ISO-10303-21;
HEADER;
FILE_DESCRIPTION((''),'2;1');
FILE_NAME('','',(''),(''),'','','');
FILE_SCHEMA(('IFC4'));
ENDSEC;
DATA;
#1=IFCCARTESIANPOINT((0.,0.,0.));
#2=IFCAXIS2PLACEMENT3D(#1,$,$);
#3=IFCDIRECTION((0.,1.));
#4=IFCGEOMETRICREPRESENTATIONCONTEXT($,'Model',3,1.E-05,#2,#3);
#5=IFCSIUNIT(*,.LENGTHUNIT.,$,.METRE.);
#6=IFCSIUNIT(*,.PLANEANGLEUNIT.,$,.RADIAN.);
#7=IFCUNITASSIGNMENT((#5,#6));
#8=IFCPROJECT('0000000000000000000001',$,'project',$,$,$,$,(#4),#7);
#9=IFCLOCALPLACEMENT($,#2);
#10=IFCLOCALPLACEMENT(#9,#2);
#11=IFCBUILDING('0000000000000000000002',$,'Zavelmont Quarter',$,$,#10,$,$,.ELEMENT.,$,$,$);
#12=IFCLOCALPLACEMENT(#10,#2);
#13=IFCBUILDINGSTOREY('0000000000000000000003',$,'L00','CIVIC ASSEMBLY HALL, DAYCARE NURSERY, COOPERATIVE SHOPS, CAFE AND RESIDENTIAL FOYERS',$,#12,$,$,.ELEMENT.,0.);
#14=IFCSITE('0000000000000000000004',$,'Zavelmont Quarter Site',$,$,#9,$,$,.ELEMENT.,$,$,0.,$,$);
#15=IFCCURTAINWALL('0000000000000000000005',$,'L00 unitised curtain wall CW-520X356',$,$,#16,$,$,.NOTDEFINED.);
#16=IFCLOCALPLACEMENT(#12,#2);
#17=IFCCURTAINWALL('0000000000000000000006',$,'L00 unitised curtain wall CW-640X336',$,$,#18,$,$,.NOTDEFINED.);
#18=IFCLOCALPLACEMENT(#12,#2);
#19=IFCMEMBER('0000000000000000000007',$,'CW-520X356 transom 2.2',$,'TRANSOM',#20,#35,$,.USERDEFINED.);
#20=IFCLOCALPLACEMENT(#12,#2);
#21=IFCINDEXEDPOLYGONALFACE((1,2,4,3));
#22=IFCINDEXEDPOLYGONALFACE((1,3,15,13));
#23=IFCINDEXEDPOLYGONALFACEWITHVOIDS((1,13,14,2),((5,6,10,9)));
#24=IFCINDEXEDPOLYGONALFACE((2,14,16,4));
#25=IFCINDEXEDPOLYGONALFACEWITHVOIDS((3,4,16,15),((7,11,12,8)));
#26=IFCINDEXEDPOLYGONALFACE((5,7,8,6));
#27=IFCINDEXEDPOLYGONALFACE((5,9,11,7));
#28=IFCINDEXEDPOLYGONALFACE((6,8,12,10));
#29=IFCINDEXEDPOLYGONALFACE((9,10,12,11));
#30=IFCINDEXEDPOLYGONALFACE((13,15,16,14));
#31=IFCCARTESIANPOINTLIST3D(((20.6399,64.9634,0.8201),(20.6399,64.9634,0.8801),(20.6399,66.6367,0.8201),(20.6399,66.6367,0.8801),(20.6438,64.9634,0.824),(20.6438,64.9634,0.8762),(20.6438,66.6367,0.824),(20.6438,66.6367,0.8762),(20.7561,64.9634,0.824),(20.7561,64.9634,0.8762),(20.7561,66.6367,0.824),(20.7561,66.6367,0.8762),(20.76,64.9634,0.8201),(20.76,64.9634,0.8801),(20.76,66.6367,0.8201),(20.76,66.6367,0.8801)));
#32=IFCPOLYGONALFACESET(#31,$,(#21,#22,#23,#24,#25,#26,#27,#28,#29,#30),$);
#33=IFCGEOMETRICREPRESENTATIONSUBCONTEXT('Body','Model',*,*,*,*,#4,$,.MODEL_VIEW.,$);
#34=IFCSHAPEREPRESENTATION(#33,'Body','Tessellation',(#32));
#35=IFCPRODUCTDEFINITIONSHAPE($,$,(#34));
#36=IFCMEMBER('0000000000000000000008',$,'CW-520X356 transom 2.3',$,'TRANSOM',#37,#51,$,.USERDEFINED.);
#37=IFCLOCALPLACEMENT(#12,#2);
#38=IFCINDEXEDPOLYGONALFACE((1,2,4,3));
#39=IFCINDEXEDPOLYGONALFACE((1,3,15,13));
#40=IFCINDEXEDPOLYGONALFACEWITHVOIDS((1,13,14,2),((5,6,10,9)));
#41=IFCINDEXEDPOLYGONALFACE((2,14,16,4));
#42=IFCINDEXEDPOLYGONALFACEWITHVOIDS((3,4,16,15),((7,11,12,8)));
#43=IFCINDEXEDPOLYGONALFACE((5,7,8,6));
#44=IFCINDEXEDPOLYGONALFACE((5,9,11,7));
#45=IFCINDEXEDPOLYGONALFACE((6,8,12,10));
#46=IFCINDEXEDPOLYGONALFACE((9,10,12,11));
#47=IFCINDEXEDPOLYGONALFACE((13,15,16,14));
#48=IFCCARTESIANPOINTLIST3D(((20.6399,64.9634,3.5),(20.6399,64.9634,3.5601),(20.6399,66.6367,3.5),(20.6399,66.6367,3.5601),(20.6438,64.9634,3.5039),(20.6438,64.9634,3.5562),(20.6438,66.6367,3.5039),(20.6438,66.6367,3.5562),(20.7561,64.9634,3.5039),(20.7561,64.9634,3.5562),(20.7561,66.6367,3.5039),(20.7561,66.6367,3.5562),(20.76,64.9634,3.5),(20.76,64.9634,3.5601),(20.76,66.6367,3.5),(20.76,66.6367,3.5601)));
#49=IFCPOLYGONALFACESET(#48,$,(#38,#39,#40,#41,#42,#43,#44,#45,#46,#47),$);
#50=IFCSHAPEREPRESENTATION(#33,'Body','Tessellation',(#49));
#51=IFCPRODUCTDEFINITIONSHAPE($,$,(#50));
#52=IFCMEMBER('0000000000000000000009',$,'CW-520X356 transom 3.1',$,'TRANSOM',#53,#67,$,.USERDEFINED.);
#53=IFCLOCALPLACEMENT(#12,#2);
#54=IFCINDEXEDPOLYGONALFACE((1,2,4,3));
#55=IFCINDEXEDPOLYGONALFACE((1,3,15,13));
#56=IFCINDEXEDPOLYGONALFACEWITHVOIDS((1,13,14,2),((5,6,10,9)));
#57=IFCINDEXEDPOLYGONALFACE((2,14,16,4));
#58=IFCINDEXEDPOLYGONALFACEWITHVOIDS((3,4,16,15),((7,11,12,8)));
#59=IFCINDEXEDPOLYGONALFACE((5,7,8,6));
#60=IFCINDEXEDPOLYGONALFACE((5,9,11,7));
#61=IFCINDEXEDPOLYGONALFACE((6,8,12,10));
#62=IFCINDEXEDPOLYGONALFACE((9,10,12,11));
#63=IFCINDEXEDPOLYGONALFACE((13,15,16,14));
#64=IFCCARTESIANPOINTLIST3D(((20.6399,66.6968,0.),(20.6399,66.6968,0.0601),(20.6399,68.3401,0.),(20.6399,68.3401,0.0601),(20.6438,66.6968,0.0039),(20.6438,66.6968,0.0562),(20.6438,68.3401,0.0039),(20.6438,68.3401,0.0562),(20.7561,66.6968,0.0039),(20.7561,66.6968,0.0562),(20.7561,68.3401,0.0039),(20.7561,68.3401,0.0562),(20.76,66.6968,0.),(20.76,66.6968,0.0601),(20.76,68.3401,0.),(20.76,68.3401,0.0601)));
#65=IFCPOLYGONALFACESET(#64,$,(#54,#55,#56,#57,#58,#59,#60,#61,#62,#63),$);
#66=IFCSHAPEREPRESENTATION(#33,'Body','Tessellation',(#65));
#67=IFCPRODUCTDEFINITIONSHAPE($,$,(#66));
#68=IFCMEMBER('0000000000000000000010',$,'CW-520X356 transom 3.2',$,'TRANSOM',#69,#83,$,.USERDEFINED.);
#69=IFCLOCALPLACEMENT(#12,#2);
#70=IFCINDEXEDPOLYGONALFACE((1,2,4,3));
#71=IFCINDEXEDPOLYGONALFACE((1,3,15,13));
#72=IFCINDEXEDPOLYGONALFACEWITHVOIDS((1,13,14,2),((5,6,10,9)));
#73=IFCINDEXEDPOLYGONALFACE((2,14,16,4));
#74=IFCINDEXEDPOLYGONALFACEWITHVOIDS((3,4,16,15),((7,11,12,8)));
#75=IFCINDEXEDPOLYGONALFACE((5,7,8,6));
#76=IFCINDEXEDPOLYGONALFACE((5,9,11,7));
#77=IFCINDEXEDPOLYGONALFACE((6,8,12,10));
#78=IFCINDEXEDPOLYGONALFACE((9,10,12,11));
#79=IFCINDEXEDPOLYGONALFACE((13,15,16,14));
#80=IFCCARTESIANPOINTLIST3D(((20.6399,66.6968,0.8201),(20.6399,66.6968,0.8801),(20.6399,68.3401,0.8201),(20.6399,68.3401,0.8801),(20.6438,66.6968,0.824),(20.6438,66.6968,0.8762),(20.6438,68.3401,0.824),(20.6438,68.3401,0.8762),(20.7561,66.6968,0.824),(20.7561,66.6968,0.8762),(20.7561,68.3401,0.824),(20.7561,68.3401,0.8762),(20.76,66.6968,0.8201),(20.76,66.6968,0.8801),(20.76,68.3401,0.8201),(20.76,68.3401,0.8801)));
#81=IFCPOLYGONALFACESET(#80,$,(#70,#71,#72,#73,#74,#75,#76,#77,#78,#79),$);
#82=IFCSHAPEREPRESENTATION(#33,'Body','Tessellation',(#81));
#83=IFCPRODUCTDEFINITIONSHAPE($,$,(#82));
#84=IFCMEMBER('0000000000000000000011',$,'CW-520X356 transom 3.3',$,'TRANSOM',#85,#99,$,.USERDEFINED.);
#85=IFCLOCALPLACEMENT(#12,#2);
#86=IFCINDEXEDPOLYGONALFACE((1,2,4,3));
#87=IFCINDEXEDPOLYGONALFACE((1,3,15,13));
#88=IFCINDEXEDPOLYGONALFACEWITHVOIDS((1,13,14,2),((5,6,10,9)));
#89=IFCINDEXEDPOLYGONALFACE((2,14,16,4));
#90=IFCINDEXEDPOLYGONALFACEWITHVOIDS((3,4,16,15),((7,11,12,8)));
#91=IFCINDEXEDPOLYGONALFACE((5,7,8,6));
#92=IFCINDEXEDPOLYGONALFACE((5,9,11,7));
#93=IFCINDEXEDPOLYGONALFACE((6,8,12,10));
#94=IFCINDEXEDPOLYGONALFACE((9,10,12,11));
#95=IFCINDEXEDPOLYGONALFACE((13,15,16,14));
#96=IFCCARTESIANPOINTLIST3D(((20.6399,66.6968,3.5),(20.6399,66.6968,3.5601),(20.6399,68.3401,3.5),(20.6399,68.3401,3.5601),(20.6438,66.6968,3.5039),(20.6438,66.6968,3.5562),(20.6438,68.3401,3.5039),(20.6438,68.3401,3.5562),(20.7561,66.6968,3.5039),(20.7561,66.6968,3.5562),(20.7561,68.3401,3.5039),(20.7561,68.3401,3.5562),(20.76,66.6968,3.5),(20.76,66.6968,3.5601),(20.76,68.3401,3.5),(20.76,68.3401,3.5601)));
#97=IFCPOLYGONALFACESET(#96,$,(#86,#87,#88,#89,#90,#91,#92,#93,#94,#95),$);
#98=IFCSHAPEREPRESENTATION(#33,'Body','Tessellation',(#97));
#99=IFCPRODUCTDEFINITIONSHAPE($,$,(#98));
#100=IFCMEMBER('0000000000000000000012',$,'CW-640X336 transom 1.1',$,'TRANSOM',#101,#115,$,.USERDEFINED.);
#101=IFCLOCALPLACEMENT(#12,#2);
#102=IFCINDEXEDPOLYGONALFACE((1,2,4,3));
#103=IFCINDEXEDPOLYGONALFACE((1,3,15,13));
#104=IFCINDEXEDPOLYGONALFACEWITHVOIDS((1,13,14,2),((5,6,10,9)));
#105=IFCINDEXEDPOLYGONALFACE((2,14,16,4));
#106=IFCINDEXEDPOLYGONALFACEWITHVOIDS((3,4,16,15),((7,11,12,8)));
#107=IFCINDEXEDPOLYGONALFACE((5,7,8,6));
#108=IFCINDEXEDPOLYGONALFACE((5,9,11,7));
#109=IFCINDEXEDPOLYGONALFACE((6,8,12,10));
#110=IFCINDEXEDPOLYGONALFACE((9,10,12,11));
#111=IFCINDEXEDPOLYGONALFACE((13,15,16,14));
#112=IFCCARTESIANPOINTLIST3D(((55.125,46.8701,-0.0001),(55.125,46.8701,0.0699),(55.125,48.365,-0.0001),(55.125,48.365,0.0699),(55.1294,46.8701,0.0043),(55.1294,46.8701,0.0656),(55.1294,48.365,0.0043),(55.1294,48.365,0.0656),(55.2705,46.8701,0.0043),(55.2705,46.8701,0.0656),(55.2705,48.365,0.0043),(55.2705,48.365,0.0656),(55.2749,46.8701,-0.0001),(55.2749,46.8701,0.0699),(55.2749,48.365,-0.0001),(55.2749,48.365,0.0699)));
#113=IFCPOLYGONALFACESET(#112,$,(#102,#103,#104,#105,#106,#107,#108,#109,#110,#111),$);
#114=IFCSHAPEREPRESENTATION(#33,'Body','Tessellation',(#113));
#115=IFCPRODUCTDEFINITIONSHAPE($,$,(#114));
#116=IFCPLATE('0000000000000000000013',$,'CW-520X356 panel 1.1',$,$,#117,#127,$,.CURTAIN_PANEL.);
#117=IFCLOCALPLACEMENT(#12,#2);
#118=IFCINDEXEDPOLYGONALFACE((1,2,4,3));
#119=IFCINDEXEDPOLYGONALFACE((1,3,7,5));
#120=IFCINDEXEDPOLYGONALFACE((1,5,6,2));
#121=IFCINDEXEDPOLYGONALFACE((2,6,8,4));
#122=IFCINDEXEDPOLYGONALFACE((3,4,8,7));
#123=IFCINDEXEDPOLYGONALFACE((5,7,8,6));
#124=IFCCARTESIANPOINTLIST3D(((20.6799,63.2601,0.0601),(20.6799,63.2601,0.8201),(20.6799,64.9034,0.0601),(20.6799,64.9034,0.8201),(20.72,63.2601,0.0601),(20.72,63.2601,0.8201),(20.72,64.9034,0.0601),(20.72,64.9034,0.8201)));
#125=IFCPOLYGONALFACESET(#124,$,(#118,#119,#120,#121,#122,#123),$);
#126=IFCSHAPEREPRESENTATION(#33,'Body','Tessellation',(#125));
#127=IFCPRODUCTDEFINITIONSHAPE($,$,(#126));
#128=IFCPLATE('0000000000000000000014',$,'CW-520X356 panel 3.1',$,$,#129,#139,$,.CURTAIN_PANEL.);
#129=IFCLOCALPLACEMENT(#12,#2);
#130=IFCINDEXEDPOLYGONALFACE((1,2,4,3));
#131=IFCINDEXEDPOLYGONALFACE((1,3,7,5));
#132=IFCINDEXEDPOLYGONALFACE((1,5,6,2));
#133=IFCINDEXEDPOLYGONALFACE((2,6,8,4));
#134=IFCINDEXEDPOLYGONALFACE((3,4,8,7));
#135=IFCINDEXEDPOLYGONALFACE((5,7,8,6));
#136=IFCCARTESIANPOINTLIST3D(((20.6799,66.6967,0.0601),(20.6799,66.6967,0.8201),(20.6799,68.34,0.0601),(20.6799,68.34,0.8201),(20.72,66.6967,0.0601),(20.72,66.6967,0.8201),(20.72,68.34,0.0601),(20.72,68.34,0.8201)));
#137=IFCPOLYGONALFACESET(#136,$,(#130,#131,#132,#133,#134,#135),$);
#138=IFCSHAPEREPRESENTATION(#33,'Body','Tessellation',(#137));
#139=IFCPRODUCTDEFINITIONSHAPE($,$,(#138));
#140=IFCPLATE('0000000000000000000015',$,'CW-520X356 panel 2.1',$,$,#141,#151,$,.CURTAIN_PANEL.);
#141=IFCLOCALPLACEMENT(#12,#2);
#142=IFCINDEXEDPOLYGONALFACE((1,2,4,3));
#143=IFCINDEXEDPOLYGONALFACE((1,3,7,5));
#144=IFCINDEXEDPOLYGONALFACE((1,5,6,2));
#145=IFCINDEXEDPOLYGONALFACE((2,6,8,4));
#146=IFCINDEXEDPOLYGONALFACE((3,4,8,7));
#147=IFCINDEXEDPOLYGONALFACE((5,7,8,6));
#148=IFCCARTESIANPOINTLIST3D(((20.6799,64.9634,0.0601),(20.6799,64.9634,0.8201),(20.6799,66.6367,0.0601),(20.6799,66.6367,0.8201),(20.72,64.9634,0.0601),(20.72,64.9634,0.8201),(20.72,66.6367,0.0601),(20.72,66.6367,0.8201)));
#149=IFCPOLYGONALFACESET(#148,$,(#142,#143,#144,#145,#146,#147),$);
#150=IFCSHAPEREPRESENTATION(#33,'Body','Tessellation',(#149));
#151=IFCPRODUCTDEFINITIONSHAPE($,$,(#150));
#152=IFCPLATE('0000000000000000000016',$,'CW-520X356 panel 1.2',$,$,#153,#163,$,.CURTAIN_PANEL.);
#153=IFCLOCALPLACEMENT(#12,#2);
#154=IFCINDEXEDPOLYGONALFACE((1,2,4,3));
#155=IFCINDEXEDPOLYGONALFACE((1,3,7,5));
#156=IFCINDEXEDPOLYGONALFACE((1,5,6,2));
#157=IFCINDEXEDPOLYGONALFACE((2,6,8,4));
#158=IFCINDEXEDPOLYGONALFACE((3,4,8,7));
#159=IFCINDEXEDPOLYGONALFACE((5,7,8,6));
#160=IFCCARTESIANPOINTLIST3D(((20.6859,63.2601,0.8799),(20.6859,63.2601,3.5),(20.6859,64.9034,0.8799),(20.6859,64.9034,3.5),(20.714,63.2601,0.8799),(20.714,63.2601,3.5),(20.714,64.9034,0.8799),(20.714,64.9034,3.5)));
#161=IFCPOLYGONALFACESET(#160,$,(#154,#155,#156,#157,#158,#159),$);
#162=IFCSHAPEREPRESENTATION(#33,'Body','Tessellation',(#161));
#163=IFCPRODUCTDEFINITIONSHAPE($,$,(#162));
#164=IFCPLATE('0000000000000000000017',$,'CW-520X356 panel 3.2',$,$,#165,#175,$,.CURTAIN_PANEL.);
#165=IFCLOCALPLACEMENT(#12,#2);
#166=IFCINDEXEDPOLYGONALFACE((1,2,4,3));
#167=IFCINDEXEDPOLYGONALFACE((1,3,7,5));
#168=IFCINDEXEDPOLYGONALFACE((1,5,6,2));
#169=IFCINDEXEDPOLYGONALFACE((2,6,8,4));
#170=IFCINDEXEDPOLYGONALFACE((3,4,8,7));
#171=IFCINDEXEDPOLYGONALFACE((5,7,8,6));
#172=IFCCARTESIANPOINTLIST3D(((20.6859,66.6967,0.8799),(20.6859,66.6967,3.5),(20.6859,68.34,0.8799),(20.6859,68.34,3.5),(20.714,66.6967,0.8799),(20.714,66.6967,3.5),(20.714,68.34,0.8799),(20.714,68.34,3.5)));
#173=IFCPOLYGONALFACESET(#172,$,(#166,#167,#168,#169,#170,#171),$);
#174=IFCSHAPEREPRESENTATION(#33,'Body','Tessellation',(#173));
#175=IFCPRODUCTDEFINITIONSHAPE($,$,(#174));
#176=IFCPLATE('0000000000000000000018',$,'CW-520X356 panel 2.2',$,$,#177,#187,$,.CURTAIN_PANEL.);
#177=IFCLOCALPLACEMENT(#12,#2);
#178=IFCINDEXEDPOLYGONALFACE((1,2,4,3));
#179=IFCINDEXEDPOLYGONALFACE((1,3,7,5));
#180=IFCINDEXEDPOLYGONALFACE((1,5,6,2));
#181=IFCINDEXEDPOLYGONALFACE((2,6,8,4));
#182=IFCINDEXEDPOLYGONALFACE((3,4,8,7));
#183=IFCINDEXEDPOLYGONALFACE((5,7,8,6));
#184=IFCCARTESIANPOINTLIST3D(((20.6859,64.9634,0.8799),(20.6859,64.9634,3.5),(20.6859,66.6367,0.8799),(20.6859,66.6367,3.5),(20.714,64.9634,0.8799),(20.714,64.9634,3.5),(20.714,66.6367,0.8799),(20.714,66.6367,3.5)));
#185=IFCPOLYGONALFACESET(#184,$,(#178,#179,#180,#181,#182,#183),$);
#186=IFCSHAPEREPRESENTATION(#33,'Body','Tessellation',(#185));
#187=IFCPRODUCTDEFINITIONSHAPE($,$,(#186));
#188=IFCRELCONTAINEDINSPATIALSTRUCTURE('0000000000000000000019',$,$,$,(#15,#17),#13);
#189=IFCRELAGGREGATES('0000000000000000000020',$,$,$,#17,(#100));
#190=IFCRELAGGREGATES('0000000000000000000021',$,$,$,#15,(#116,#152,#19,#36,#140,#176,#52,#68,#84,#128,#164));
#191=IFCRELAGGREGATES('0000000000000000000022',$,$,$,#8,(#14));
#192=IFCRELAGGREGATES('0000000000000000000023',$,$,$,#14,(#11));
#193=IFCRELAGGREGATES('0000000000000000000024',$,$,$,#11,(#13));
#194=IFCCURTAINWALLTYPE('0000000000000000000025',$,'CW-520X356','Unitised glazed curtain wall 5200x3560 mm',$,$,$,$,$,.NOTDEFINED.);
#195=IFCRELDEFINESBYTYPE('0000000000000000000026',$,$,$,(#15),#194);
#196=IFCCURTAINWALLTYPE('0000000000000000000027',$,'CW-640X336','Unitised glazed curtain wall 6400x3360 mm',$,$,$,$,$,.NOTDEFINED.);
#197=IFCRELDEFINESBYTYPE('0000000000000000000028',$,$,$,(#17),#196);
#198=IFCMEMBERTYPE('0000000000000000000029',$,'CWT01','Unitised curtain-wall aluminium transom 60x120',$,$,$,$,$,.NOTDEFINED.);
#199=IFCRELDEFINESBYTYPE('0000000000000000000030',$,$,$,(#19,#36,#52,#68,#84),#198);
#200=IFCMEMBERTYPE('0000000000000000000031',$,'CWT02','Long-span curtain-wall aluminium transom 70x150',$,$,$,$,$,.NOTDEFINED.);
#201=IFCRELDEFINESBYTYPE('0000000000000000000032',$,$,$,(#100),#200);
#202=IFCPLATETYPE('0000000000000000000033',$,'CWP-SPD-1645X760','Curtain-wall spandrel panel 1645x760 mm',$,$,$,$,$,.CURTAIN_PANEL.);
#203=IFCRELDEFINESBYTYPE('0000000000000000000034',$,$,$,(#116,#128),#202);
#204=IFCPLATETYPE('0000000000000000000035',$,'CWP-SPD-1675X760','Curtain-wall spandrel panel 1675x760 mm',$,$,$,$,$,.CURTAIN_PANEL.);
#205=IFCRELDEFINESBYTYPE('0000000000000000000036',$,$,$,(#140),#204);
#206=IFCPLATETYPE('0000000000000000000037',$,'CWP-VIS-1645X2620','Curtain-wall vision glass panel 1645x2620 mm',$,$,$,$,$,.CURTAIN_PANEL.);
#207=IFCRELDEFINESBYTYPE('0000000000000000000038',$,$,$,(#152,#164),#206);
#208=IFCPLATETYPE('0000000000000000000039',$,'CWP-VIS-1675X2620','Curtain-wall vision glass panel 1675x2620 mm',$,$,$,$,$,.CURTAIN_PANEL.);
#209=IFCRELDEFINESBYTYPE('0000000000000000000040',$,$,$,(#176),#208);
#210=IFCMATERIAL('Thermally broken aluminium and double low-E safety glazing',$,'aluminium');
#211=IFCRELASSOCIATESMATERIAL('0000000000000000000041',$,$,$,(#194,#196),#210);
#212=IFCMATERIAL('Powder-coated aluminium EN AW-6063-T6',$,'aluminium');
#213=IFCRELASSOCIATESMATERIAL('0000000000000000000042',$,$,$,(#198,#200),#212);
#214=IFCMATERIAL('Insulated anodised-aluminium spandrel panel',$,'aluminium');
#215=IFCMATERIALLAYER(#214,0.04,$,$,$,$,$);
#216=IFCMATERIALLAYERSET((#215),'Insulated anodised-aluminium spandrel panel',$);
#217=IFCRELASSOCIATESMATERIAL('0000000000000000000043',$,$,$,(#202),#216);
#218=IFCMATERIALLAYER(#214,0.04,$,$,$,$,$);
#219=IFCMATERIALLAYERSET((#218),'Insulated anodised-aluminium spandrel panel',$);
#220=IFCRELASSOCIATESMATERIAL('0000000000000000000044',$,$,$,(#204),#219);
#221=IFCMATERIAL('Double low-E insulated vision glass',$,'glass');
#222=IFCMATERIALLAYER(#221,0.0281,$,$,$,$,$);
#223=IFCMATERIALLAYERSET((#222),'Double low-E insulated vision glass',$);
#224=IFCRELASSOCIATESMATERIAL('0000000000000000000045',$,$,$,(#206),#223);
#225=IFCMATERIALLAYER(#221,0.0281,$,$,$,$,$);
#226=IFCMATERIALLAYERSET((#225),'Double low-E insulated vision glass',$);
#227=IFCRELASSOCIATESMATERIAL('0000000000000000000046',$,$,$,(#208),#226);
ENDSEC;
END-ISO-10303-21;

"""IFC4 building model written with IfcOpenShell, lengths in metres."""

from ifc_helpers import new_model, si_unit, direction, frame, origin, origin_2d, place, context, subcontext, project, spatial, rectangle, hollow_rectangle, extrude, material, layer, layer_set, material_profile, profile_set, type_object, element, aggregate, save


model = new_model("IFC4")

# Units and contexts
model_context = context("Model", 3, precision=1e-05, world=origin(), true_north=direction((0.0, 1.0)))
body_context = subcontext(model_context, "Body", "Model", "MODEL_VIEW")
ifc_project = project(units=[si_unit("LENGTHUNIT", "METRE"), si_unit("PLANEANGLEUNIT", "RADIAN")], contexts=[model_context])

# Site, building, storey
site_placement = place(None, origin())
site = spatial("IfcSite", under=ifc_project, at=site_placement, Name="Zavelmont Quarter Site", CompositionType="ELEMENT", RefElevation=0.0)
building_placement = place(site_placement, origin())
building = spatial("IfcBuilding", under=site, at=building_placement, Name="Zavelmont Quarter", CompositionType="ELEMENT")
storey_placement = place(building_placement, origin())
storey = spatial("IfcBuildingStorey", under=building, at=storey_placement, Name="L00", Description="CIVIC ASSEMBLY HALL, DAYCARE NURSERY, COOPERATIVE SHOPS, CAFE AND RESIDENTIAL FOYERS", CompositionType="ELEMENT", Elevation=0.0)

# Curtain wall
ifc_material_1 = material(Name="Thermally broken aluminium and double low-E safety glazing", Category="aluminium")
curtain_wall_type_1 = type_object("IfcCurtainWallType", Name="CW-520X356", Description="Unitised glazed curtain wall 5200x3560 mm", PredefinedType="NOTDEFINED", material=ifc_material_1)
curtain_wall_1_placement = place(storey_placement, origin())
curtain_wall_1 = element("IfcCurtainWall", 1, at=curtain_wall_1_placement, inside=storey, type_object=curtain_wall_type_1, Name="L00 unitised curtain wall CW-520X356", PredefinedType="NOTDEFINED")
ifc_material_2 = material(Name="Powder-coated aluminium EN AW-6063-T6", Category="aluminium")

# Curtain wall
curtain_wall_type_2 = type_object("IfcCurtainWallType", Name="CW-640X336", Description="Unitised glazed curtain wall 6400x3360 mm", PredefinedType="NOTDEFINED", material=ifc_material_1)
curtain_wall_2_placement = place(storey_placement, origin())
curtain_wall_2 = element("IfcCurtainWall", 2, at=curtain_wall_2_placement, inside=storey, type_object=curtain_wall_type_2, Name="L00 unitised curtain wall CW-640X336", PredefinedType="NOTDEFINED")

# Members
ifc_material_profile_1 = material_profile(ifc_material_2, hollow_rectangle(XDim=0.1201, YDim=0.0601, WallThickness=0.0039, at=origin_2d()), Name="CWT60X120")
ifc_profile_set_1 = profile_set([ifc_material_profile_1], Name="Powder-coated aluminium EN AW-6063-T6")
member_type_1 = type_object("IfcMemberType", Name="CWT01", Description="Unitised curtain-wall aluminium transom 60x120", PredefinedType="NOTDEFINED", material=ifc_profile_set_1)
member_1_placement = place(storey_placement, frame((20.7, 64.9634, 0.8501), z_axis=(0.0, 1.0, 0.0), x_axis=(-1.0, 0.0, 0.0)))
member_1 = element("IfcMember", 3, at=member_1_placement, type_object=member_type_1, Name="CW-520X356 transom 2.2", ObjectType="TRANSOM", PredefinedType="USERDEFINED", context=body_context, shape_type="SweptSolid", body=[
    extrude(hollow_rectangle(XDim=0.1201, YDim=0.0601, WallThickness=0.0039, at=origin_2d()), origin(), (0.0, 0.0, 1.0), 1.6733),
])
member_2_placement = place(storey_placement, frame((20.7, 64.9634, 3.53), z_axis=(0.0, 1.0, 0.0), x_axis=(-1.0, 0.0, 0.0)))
member_2 = element("IfcMember", 4, at=member_2_placement, type_object=member_type_1, Name="CW-520X356 transom 2.3", ObjectType="TRANSOM", PredefinedType="USERDEFINED", context=body_context, shape_type="SweptSolid", body=[
    extrude(hollow_rectangle(XDim=0.1201, YDim=0.0601, WallThickness=0.0039, at=origin_2d()), origin(), (0.0, 0.0, 1.0), 1.6733),
])
member_3_placement = place(storey_placement, frame((20.7, 66.6968, 0.03), z_axis=(0.0, 1.0, 0.0), x_axis=(-1.0, 0.0, 0.0)))
member_3 = element("IfcMember", 5, at=member_3_placement, type_object=member_type_1, Name="CW-520X356 transom 3.1", ObjectType="TRANSOM", PredefinedType="USERDEFINED", context=body_context, shape_type="SweptSolid", body=[
    extrude(hollow_rectangle(XDim=0.1201, YDim=0.0601, WallThickness=0.0039, at=origin_2d()), origin(), (0.0, 0.0, 1.0), 1.6433),
])
member_4_placement = place(storey_placement, frame((20.7, 66.6968, 0.8501), z_axis=(0.0, 1.0, 0.0), x_axis=(-1.0, 0.0, 0.0)))
member_4 = element("IfcMember", 6, at=member_4_placement, type_object=member_type_1, Name="CW-520X356 transom 3.2", ObjectType="TRANSOM", PredefinedType="USERDEFINED", context=body_context, shape_type="SweptSolid", body=[
    extrude(hollow_rectangle(XDim=0.1201, YDim=0.0601, WallThickness=0.0039, at=origin_2d()), origin(), (0.0, 0.0, 1.0), 1.6433),
])
member_5_placement = place(storey_placement, frame((20.7, 66.6968, 3.53), z_axis=(0.0, 1.0, 0.0), x_axis=(-1.0, 0.0, 0.0)))
member_5 = element("IfcMember", 7, at=member_5_placement, type_object=member_type_1, Name="CW-520X356 transom 3.3", ObjectType="TRANSOM", PredefinedType="USERDEFINED", context=body_context, shape_type="SweptSolid", body=[
    extrude(hollow_rectangle(XDim=0.1201, YDim=0.0601, WallThickness=0.0039, at=origin_2d()), origin(), (0.0, 0.0, 1.0), 1.6433),
])
ifc_material_profile_2 = material_profile(ifc_material_2, hollow_rectangle(XDim=0.1499, YDim=0.0701, WallThickness=0.0044, at=origin_2d()), Name="CWT70X150")
ifc_profile_set_2 = profile_set([ifc_material_profile_2], Name="Powder-coated aluminium EN AW-6063-T6")
member_type_2 = type_object("IfcMemberType", Name="CWT02", Description="Long-span curtain-wall aluminium transom 70x150", PredefinedType="NOTDEFINED", material=ifc_profile_set_2)
member_6_placement = place(storey_placement, frame((55.2, 46.8701, 0.0349), z_axis=(0.0, 1.0, 0.0), x_axis=(-1.0, 0.0, 0.0)))
member_6 = element("IfcMember", 8, at=member_6_placement, type_object=member_type_2, Name="CW-640X336 transom 1.1", ObjectType="TRANSOM", PredefinedType="USERDEFINED", context=body_context, shape_type="SweptSolid", body=[
    extrude(hollow_rectangle(XDim=0.1499, YDim=0.0701, WallThickness=0.0044, at=origin_2d()), origin(), (0.0, 0.0, 1.0), 1.4949),
])
aggregate(curtain_wall_2, [member_6])

# Plates
ifc_material_3 = material(Name="Insulated anodised-aluminium spandrel panel", Category="aluminium")
ifc_layer_1 = layer(ifc_material_3, 0.04)
ifc_layer_set_1 = layer_set([ifc_layer_1], Name="Insulated anodised-aluminium spandrel panel")
plate_type_1 = type_object("IfcPlateType", Name="CWP-SPD-1645X760", Description="Curtain-wall spandrel panel 1645x760 mm", PredefinedType="CURTAIN_PANEL", material=ifc_layer_set_1)
plate_1_placement = place(storey_placement, frame((20.7, 64.0818, 0.0601), z_axis=(0.0, 0.0, 1.0), x_axis=(0.0, 1.0, 0.0)))
plate_1 = element("IfcPlate", 9, at=plate_1_placement, type_object=plate_type_1, Name="CW-520X356 panel 1.1", PredefinedType="CURTAIN_PANEL", context=body_context, shape_type="SweptSolid", body=[
    extrude(rectangle(XDim=1.6433, YDim=0.04, at=origin_2d()), origin(), (0.0, 0.0, 1.0), 0.76),
])
plate_2_placement = place(storey_placement, frame((20.7, 67.5183, 0.0601), z_axis=(0.0, 0.0, 1.0), x_axis=(0.0, 1.0, 0.0)))
plate_2 = element("IfcPlate", 10, at=plate_2_placement, type_object=plate_type_1, Name="CW-520X356 panel 3.1", PredefinedType="CURTAIN_PANEL", context=body_context, shape_type="SweptSolid", body=[
    extrude(rectangle(XDim=1.6433, YDim=0.04, at=origin_2d()), origin(), (0.0, 0.0, 1.0), 0.76),
])
ifc_layer_2 = layer(ifc_material_3, 0.04)
ifc_layer_set_2 = layer_set([ifc_layer_2], Name="Insulated anodised-aluminium spandrel panel")
plate_type_2 = type_object("IfcPlateType", Name="CWP-SPD-1675X760", Description="Curtain-wall spandrel panel 1675x760 mm", PredefinedType="CURTAIN_PANEL", material=ifc_layer_set_2)
plate_3_placement = place(storey_placement, frame((20.7, 65.8, 0.0601), z_axis=(0.0, 0.0, 1.0), x_axis=(0.0, 1.0, 0.0)))
plate_3 = element("IfcPlate", 11, at=plate_3_placement, type_object=plate_type_2, Name="CW-520X356 panel 2.1", PredefinedType="CURTAIN_PANEL", context=body_context, shape_type="SweptSolid", body=[
    extrude(rectangle(XDim=1.6733, YDim=0.04, at=origin_2d()), origin(), (0.0, 0.0, 1.0), 0.76),
])
ifc_material_4 = material(Name="Double low-E insulated vision glass", Category="glass")
ifc_layer_3 = layer(ifc_material_4, 0.0281)
ifc_layer_set_3 = layer_set([ifc_layer_3], Name="Double low-E insulated vision glass")
plate_type_3 = type_object("IfcPlateType", Name="CWP-VIS-1645X2620", Description="Curtain-wall vision glass panel 1645x2620 mm", PredefinedType="CURTAIN_PANEL", material=ifc_layer_set_3)
plate_4_placement = place(storey_placement, frame((20.7, 64.0818, 0.8799), z_axis=(0.0, 0.0, 1.0), x_axis=(0.0, 1.0, 0.0)))
plate_4 = element("IfcPlate", 12, at=plate_4_placement, type_object=plate_type_3, Name="CW-520X356 panel 1.2", PredefinedType="CURTAIN_PANEL", context=body_context, shape_type="SweptSolid", body=[
    extrude(rectangle(XDim=1.6433, YDim=0.0281, at=origin_2d()), origin(), (0.0, 0.0, 1.0), 2.6201),
])
plate_5_placement = place(storey_placement, frame((20.7, 67.5183, 0.8799), z_axis=(0.0, 0.0, 1.0), x_axis=(0.0, 1.0, 0.0)))
plate_5 = element("IfcPlate", 13, at=plate_5_placement, type_object=plate_type_3, Name="CW-520X356 panel 3.2", PredefinedType="CURTAIN_PANEL", context=body_context, shape_type="SweptSolid", body=[
    extrude(rectangle(XDim=1.6433, YDim=0.0281, at=origin_2d()), origin(), (0.0, 0.0, 1.0), 2.6201),
])
ifc_layer_4 = layer(ifc_material_4, 0.0281)
ifc_layer_set_4 = layer_set([ifc_layer_4], Name="Double low-E insulated vision glass")
plate_type_4 = type_object("IfcPlateType", Name="CWP-VIS-1675X2620", Description="Curtain-wall vision glass panel 1675x2620 mm", PredefinedType="CURTAIN_PANEL", material=ifc_layer_set_4)
plate_6_placement = place(storey_placement, frame((20.7, 65.8, 0.8799), z_axis=(0.0, 0.0, 1.0), x_axis=(0.0, 1.0, 0.0)))
plate_6 = element("IfcPlate", 14, at=plate_6_placement, type_object=plate_type_4, Name="CW-520X356 panel 2.2", PredefinedType="CURTAIN_PANEL", context=body_context, shape_type="SweptSolid", body=[
    extrude(rectangle(XDim=1.6733, YDim=0.0281, at=origin_2d()), origin(), (0.0, 0.0, 1.0), 2.6201),
])
aggregate(curtain_wall_1, [plate_1, plate_4, member_1, member_2, plate_3, plate_6, member_3, member_4, member_5, plate_2, plate_5])

save(model, "model.ifc")
